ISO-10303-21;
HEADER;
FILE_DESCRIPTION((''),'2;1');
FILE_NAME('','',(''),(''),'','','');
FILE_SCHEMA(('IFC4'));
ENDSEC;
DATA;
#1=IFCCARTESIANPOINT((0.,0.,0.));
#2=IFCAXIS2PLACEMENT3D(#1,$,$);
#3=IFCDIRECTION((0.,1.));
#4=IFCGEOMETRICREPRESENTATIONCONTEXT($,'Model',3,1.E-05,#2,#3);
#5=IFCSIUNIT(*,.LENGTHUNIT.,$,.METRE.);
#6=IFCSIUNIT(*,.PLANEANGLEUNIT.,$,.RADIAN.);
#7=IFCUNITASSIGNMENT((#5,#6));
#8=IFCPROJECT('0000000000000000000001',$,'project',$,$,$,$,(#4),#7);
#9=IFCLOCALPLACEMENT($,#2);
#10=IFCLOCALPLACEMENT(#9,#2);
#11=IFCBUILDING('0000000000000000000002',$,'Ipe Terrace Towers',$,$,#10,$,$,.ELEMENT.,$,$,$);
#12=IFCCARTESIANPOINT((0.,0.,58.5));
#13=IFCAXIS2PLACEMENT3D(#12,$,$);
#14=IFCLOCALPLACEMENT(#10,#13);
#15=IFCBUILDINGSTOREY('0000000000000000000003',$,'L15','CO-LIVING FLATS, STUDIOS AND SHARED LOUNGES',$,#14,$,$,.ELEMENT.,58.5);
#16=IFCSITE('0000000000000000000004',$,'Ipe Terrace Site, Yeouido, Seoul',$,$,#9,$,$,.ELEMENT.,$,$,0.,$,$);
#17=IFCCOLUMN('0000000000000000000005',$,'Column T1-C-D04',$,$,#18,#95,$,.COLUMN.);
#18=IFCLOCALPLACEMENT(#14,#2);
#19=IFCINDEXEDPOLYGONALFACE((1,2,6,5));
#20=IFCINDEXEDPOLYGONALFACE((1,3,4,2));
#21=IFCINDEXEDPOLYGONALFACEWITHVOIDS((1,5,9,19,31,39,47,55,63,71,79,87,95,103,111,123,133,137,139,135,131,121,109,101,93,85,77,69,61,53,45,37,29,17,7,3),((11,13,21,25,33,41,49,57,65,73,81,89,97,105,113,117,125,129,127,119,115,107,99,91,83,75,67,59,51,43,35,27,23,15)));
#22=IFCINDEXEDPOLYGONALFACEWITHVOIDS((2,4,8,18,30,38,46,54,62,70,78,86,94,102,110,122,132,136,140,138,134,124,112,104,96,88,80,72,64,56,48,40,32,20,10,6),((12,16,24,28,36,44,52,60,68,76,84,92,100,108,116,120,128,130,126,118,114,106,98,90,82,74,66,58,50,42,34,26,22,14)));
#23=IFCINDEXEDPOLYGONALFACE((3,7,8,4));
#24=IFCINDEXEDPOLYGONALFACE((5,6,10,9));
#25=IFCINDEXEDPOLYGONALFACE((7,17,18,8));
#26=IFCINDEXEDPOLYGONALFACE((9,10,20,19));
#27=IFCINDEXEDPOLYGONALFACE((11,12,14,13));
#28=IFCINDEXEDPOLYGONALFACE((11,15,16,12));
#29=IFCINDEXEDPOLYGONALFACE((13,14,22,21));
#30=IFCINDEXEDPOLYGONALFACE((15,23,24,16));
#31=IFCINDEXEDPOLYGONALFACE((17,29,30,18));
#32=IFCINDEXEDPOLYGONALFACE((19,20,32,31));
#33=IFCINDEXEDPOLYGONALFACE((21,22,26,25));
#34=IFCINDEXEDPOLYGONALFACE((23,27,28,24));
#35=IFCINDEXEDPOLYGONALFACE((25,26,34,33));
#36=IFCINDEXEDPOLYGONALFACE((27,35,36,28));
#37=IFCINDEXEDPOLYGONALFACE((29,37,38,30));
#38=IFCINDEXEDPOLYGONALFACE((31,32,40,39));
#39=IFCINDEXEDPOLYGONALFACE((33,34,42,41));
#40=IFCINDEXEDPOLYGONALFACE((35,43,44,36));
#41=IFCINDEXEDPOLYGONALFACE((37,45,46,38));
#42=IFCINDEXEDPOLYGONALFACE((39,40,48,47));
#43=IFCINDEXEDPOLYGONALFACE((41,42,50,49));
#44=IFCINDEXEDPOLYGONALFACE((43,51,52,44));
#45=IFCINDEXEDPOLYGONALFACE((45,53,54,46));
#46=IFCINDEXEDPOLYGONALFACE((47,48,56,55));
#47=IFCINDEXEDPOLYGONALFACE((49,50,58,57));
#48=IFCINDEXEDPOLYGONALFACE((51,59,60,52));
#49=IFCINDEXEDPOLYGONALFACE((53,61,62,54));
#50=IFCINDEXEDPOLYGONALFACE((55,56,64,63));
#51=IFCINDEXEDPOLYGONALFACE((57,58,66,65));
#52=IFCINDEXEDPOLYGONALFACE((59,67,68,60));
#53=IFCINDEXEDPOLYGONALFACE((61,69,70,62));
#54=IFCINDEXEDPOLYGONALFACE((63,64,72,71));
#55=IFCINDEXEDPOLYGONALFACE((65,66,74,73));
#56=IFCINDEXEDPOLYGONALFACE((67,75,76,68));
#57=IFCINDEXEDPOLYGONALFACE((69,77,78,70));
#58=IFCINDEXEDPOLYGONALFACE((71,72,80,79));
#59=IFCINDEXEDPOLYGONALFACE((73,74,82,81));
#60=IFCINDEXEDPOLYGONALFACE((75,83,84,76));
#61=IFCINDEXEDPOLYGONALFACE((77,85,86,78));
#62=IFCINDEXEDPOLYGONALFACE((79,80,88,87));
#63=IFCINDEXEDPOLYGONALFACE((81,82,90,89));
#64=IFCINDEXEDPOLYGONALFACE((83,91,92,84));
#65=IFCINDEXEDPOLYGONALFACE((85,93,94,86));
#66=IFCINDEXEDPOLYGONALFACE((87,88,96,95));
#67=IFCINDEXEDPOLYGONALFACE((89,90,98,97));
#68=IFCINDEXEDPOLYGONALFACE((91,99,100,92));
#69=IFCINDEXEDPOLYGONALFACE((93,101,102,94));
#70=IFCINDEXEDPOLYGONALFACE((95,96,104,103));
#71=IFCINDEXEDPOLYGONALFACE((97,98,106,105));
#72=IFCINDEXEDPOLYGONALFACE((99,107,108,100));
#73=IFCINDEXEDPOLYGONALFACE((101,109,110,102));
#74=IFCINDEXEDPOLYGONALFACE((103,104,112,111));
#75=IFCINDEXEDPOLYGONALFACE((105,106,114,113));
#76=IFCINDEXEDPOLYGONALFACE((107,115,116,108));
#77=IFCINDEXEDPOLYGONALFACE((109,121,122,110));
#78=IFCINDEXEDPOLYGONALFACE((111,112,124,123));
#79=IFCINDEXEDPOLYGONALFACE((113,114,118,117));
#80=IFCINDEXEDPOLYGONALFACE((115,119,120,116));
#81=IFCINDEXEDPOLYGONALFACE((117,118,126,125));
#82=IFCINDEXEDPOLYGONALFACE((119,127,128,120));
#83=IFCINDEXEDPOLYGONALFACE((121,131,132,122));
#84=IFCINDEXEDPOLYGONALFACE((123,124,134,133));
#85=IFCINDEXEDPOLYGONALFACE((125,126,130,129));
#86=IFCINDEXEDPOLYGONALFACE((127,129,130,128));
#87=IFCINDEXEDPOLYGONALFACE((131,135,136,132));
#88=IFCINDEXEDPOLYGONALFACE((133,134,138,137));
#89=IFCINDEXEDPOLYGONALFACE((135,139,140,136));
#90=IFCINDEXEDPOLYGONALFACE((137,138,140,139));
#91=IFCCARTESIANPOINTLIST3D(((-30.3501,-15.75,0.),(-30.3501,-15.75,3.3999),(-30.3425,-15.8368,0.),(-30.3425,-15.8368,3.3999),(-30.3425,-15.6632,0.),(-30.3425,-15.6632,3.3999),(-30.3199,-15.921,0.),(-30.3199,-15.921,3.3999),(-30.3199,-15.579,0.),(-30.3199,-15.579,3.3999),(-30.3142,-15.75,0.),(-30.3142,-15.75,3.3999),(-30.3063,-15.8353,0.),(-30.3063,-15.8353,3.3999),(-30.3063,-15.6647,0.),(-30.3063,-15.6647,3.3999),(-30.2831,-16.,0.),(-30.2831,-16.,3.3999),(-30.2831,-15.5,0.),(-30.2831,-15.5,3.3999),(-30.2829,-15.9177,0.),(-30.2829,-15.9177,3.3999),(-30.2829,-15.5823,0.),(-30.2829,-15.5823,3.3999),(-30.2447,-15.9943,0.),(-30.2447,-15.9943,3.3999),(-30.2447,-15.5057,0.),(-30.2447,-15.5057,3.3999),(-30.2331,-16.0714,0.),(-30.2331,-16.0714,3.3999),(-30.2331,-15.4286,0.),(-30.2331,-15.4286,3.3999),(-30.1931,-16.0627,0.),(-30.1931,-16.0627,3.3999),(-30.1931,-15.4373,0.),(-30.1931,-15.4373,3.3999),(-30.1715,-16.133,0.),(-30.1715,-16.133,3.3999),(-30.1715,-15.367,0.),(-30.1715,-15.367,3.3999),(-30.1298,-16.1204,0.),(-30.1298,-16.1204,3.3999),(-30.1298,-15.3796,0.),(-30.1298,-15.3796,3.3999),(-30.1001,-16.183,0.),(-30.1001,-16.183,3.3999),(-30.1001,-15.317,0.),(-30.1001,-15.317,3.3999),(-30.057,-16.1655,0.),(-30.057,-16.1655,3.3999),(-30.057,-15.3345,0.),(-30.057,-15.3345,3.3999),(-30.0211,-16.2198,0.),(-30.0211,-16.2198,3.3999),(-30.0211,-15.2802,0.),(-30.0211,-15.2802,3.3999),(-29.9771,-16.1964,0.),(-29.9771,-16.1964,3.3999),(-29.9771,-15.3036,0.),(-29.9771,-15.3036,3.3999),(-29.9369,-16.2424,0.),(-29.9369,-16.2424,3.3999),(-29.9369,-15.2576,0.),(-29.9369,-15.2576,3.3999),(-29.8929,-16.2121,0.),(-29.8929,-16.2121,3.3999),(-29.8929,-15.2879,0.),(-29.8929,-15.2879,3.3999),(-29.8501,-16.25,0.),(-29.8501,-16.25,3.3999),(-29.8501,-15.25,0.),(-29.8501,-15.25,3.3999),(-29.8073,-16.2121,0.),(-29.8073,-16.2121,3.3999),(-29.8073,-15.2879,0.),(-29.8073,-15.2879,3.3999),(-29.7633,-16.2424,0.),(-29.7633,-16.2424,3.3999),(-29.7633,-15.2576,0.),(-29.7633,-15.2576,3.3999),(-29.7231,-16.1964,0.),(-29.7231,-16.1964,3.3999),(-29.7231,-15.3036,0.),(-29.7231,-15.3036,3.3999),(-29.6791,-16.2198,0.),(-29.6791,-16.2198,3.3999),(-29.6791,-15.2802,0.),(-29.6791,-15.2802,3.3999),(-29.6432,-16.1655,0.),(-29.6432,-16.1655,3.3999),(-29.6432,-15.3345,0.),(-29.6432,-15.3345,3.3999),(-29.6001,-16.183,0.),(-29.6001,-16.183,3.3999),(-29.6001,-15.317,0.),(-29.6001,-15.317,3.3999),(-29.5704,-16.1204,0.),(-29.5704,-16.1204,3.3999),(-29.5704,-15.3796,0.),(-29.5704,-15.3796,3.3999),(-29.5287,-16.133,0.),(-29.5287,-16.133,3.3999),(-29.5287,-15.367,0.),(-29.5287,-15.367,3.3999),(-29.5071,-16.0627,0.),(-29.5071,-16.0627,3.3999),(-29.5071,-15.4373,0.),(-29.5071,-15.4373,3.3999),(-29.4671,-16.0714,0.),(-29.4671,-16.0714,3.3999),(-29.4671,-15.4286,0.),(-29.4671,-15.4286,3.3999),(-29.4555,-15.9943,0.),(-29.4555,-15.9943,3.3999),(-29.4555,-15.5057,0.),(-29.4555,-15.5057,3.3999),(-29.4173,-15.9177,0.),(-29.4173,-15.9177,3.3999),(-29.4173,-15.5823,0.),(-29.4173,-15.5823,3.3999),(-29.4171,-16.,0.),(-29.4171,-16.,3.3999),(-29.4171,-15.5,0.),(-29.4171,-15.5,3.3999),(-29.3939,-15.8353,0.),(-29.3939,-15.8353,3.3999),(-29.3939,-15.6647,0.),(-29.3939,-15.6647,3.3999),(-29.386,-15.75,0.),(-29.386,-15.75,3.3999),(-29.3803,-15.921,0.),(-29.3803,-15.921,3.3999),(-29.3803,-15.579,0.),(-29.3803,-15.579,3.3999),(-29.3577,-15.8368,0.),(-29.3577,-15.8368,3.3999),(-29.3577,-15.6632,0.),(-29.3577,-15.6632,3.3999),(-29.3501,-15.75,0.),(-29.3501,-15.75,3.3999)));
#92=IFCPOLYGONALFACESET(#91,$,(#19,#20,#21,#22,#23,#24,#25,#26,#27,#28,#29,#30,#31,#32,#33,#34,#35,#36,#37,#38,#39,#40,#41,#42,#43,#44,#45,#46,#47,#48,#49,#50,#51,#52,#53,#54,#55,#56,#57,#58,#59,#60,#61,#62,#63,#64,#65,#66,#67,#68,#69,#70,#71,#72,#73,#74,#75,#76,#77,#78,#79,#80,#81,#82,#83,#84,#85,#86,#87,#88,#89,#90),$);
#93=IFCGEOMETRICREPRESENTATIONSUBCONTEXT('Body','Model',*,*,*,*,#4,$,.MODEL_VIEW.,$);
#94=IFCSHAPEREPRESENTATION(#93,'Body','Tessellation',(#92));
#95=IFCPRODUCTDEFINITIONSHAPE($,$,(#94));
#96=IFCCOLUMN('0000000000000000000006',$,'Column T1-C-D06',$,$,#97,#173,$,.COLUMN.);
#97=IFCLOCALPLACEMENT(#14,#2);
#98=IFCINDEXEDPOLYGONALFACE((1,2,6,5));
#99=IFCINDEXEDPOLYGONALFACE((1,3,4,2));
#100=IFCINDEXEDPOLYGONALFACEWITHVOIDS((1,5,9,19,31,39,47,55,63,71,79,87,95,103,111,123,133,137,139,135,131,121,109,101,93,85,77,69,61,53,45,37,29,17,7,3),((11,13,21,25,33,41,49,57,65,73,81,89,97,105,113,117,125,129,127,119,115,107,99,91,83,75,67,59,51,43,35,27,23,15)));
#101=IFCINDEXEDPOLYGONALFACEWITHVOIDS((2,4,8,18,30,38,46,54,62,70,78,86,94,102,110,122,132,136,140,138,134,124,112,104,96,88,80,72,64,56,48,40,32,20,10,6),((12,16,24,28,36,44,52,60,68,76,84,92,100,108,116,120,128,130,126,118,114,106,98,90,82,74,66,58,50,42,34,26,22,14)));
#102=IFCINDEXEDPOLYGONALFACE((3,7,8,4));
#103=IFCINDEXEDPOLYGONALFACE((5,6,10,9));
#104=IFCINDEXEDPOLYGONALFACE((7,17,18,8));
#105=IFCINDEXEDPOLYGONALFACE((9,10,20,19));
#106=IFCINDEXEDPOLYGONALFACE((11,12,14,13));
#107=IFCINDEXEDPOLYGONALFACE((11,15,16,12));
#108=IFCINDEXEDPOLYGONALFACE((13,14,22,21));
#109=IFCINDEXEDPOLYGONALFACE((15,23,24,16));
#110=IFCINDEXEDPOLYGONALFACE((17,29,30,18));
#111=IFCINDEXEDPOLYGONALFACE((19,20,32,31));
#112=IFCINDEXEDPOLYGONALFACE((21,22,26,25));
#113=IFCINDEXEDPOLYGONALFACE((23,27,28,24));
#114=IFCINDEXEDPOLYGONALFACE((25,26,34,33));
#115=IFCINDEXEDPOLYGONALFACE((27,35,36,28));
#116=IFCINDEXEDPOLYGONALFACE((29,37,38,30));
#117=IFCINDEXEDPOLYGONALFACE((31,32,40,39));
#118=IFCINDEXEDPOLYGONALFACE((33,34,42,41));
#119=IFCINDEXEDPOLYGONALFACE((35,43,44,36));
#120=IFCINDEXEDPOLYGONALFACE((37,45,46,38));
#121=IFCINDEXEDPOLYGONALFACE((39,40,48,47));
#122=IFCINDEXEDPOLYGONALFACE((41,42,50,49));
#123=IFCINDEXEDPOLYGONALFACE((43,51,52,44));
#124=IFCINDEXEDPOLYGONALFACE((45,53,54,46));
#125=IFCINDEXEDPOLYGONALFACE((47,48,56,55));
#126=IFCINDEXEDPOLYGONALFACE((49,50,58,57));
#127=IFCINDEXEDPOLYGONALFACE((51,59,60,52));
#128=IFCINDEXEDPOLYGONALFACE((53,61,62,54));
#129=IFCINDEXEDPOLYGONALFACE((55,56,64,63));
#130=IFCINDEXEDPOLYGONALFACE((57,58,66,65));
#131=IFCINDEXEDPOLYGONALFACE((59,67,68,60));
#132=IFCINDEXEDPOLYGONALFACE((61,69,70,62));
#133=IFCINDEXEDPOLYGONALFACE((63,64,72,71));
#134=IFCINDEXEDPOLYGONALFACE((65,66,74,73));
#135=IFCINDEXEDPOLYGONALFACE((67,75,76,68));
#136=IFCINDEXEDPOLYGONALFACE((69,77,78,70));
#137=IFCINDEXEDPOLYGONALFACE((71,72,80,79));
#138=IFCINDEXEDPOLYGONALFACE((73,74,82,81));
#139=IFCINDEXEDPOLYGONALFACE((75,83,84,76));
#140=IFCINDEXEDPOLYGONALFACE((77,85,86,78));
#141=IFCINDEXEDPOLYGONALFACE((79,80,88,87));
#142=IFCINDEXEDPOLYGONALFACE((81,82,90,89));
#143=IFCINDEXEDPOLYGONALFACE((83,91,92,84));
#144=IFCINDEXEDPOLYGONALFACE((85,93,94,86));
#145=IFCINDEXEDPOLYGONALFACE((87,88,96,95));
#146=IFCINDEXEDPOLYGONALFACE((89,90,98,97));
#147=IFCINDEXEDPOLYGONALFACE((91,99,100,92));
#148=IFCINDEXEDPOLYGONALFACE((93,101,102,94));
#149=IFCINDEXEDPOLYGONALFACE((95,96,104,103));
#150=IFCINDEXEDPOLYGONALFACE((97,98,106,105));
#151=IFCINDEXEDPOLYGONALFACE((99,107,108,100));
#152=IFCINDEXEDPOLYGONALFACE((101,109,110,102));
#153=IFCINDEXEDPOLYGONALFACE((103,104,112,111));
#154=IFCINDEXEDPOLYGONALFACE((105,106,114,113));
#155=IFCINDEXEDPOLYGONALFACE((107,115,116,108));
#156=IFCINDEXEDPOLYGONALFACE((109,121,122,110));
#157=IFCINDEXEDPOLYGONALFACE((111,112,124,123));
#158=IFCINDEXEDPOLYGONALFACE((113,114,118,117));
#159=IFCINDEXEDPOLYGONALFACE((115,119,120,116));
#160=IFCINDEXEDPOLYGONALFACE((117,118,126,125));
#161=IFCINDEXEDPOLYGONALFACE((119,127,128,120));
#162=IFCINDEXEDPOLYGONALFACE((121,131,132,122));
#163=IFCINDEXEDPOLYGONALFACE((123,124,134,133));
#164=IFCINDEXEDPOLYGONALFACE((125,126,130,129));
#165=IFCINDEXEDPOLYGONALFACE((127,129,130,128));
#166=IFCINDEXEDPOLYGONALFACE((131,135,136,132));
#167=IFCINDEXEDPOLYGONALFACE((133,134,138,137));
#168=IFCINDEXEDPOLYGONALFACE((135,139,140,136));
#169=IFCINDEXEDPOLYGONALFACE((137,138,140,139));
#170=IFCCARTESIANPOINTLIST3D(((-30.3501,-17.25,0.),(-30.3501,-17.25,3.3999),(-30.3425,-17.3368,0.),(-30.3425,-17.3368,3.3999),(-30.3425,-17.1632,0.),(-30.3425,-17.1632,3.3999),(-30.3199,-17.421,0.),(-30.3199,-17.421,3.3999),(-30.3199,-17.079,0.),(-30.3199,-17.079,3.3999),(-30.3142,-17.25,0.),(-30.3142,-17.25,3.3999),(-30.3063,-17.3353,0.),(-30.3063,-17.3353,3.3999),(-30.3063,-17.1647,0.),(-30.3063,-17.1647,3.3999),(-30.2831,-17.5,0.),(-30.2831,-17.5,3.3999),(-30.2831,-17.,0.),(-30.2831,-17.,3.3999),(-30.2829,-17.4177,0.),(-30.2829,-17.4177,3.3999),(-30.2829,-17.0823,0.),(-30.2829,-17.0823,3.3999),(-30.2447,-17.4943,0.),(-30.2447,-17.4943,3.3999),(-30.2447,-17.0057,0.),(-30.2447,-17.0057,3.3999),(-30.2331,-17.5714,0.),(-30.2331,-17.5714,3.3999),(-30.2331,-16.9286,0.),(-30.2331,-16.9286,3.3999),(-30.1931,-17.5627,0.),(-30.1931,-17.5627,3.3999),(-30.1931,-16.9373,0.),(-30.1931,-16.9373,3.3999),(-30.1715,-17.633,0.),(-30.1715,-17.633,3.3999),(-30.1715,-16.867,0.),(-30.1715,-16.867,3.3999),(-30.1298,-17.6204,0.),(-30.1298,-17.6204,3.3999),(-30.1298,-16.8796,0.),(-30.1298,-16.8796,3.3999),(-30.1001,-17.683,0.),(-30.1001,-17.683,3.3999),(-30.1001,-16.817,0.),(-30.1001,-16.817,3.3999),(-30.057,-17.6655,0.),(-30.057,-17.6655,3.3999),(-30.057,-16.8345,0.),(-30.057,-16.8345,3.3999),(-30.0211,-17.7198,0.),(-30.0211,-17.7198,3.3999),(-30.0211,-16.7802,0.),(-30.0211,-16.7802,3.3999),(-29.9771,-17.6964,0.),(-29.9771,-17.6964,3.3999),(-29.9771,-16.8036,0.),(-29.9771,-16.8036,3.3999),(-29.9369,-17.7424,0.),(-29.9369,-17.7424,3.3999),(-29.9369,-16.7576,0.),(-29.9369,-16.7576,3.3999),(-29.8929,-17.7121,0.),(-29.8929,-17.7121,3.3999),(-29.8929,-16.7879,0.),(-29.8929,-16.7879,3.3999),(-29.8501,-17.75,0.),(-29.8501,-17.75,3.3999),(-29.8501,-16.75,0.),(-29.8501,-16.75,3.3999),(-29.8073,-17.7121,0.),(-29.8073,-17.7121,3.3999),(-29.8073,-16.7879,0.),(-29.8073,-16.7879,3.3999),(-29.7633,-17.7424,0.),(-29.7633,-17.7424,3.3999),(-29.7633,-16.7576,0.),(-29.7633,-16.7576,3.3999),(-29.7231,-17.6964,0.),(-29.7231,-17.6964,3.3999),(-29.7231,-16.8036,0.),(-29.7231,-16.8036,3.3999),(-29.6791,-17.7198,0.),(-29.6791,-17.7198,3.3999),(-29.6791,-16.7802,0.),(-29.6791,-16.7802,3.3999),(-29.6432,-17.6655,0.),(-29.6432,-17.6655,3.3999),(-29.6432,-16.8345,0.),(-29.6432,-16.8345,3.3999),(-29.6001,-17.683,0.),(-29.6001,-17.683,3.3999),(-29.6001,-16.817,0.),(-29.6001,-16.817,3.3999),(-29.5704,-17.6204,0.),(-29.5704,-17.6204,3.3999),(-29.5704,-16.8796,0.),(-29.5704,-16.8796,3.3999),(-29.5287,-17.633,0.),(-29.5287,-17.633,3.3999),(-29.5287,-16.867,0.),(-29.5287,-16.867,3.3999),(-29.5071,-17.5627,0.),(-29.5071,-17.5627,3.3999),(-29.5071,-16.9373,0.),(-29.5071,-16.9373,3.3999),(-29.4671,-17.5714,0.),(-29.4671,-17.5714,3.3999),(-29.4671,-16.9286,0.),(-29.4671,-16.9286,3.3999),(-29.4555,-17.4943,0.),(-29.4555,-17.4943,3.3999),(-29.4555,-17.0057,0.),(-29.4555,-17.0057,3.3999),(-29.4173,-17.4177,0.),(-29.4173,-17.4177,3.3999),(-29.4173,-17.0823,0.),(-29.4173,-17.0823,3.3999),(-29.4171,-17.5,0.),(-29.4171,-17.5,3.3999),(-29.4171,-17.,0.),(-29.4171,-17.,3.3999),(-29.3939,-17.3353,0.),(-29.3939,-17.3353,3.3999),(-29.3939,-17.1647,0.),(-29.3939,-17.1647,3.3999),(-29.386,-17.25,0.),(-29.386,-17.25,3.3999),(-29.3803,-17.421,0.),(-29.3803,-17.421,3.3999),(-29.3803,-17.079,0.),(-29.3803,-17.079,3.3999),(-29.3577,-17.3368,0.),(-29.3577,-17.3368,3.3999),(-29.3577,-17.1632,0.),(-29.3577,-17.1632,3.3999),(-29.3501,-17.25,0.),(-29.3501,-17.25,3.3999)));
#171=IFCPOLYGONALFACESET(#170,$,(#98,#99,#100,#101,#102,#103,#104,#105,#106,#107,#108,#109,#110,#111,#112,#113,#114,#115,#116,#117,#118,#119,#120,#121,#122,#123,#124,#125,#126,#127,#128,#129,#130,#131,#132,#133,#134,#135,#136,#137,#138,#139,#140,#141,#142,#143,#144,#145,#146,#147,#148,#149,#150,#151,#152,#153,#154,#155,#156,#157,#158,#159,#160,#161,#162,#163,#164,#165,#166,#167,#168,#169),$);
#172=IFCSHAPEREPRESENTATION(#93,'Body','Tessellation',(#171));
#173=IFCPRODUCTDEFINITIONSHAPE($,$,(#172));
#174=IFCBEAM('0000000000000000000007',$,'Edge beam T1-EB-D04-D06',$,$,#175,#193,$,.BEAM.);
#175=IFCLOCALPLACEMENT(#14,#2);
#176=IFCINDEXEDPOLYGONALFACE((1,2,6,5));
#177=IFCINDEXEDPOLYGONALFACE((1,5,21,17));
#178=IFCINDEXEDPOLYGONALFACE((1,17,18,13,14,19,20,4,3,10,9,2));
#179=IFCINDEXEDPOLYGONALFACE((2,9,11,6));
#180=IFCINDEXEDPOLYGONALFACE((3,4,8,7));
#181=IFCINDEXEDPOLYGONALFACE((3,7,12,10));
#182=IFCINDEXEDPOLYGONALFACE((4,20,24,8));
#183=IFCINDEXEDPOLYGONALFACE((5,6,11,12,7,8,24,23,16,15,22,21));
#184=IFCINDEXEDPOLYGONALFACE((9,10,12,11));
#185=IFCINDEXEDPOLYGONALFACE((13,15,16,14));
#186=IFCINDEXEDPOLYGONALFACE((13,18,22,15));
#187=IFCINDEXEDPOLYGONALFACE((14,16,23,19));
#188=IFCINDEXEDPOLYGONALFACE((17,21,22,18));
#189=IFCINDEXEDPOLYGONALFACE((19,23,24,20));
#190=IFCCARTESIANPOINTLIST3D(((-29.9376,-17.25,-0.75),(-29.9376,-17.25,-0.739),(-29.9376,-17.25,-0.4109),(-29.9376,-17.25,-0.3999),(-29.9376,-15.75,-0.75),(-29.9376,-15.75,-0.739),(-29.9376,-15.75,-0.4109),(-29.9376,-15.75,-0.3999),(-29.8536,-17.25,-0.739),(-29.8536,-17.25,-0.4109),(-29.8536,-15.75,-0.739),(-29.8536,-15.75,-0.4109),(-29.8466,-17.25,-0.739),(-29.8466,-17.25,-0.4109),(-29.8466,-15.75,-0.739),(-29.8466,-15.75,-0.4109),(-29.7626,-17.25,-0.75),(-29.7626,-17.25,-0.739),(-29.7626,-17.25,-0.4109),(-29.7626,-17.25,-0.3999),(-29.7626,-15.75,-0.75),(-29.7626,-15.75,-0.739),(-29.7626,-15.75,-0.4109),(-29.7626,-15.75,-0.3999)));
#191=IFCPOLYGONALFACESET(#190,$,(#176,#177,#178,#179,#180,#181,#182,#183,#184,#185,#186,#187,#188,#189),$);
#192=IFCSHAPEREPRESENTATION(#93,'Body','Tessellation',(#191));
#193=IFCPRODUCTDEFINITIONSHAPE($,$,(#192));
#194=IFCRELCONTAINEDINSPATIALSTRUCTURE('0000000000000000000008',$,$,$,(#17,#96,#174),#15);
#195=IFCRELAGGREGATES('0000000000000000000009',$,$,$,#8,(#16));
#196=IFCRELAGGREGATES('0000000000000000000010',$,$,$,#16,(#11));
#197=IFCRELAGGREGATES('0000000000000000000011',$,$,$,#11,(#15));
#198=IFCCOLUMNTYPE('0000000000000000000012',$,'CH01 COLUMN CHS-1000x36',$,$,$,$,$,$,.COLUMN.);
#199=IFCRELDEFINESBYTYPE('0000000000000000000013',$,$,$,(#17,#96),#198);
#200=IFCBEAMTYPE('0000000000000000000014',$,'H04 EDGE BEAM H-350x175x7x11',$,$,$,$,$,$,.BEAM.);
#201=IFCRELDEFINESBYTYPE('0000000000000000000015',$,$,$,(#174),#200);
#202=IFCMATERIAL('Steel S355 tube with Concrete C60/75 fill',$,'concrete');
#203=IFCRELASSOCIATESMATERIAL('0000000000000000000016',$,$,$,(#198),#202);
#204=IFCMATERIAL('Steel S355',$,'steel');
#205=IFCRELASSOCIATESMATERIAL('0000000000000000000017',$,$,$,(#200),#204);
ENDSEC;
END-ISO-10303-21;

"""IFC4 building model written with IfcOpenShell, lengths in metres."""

from ifc_helpers import new_model, si_unit, direction, frame, origin, origin_2d, place, context, subcontext, project, spatial, hollow_circle, i_section, extrude, material, material_profile, profile_set, type_object, element, save


model = new_model("IFC4")

# Units and contexts
model_context = context("Model", 3, precision=1e-05, world=origin(), true_north=direction((0.0, 1.0)))
body_context = subcontext(model_context, "Body", "Model", "MODEL_VIEW")
ifc_project = project(units=[si_unit("LENGTHUNIT", "METRE"), si_unit("PLANEANGLEUNIT", "RADIAN")], contexts=[model_context])

# Site, building, storey
site_placement = place(None, origin())
site = spatial("IfcSite", under=ifc_project, at=site_placement, Name="Ipe Terrace Site, Yeouido, Seoul", CompositionType="ELEMENT", RefElevation=0.0)
building_placement = place(site_placement, origin())
building = spatial("IfcBuilding", under=site, at=building_placement, Name="Ipe Terrace Towers", CompositionType="ELEMENT")
storey_placement = place(building_placement, frame((0.0, 0.0, 58.5)))
storey = spatial("IfcBuildingStorey", under=building, at=storey_placement, Name="L15", Description="CO-LIVING FLATS, STUDIOS AND SHARED LOUNGES", CompositionType="ELEMENT", Elevation=58.5)

# Columns
ifc_material_1 = material(Name="Steel S355 tube with Concrete C60/75 fill", Category="concrete")
ifc_material_profile_1 = material_profile(ifc_material_1, hollow_circle(Radius=0.5, WallThickness=0.0359, at=origin_2d()), Name="CHS-1000x36")
ifc_profile_set_1 = profile_set([ifc_material_profile_1], Name="Steel S355 tube with Concrete C60/75 fill")
column_type = type_object("IfcColumnType", Name="CH01 COLUMN CHS-1000x36", PredefinedType="COLUMN", material=ifc_profile_set_1)
for number, where, z_axis, x_axis, name in (
    (1, (-29.8501, -15.75, 0.0), (0.0, 0.0, 1.0), (1.0, 0.0, 0.0), "Column T1-C-D04"),
    (2, (-29.8501, -17.25, 0.0), (0.0, 0.0, 1.0), (1.0, 0.0, 0.0), "Column T1-C-D06"),
):
    element("IfcColumn", number, at=place(storey_placement, frame(where, z_axis=z_axis, x_axis=x_axis)), inside=storey, type_object=column_type, Name=name, PredefinedType="COLUMN", context=body_context, shape_type="SweptSolid", body=[
        extrude(hollow_circle(Radius=0.5, WallThickness=0.0359, at=origin_2d()), origin(), (0.0, 0.0, 1.0), 3.3999),
    ])

# Beam
ifc_material_2 = material(Name="Steel S355", Category="steel")
ifc_material_profile_2 = material_profile(ifc_material_2, i_section(OverallWidth=0.175, OverallDepth=0.3501, WebThickness=0.0071, FlangeThickness=0.011, at=origin_2d()), Name="H-350x175x7x11")
ifc_profile_set_2 = profile_set([ifc_material_profile_2], Name="Steel S355")
beam_type = type_object("IfcBeamType", Name="H04 EDGE BEAM H-350x175x7x11", PredefinedType="BEAM", material=ifc_profile_set_2)
beam_placement = place(storey_placement, frame((-29.8501, -15.75, -0.575), z_axis=(0.0, -1.0, 0.0), x_axis=(1.0, 0.0, 0.0)))
element("IfcBeam", 3, at=beam_placement, inside=storey, type_object=beam_type, Name="Edge beam T1-EB-D04-D06", PredefinedType="BEAM", context=body_context, shape_type="SweptSolid", body=[
    extrude(i_section(OverallWidth=0.175, OverallDepth=0.3501, WebThickness=0.0071, FlangeThickness=0.011, at=origin_2d()), origin(), (0.0, 0.0, 1.0), 1.5),
])

save(model, "model.ifc")
